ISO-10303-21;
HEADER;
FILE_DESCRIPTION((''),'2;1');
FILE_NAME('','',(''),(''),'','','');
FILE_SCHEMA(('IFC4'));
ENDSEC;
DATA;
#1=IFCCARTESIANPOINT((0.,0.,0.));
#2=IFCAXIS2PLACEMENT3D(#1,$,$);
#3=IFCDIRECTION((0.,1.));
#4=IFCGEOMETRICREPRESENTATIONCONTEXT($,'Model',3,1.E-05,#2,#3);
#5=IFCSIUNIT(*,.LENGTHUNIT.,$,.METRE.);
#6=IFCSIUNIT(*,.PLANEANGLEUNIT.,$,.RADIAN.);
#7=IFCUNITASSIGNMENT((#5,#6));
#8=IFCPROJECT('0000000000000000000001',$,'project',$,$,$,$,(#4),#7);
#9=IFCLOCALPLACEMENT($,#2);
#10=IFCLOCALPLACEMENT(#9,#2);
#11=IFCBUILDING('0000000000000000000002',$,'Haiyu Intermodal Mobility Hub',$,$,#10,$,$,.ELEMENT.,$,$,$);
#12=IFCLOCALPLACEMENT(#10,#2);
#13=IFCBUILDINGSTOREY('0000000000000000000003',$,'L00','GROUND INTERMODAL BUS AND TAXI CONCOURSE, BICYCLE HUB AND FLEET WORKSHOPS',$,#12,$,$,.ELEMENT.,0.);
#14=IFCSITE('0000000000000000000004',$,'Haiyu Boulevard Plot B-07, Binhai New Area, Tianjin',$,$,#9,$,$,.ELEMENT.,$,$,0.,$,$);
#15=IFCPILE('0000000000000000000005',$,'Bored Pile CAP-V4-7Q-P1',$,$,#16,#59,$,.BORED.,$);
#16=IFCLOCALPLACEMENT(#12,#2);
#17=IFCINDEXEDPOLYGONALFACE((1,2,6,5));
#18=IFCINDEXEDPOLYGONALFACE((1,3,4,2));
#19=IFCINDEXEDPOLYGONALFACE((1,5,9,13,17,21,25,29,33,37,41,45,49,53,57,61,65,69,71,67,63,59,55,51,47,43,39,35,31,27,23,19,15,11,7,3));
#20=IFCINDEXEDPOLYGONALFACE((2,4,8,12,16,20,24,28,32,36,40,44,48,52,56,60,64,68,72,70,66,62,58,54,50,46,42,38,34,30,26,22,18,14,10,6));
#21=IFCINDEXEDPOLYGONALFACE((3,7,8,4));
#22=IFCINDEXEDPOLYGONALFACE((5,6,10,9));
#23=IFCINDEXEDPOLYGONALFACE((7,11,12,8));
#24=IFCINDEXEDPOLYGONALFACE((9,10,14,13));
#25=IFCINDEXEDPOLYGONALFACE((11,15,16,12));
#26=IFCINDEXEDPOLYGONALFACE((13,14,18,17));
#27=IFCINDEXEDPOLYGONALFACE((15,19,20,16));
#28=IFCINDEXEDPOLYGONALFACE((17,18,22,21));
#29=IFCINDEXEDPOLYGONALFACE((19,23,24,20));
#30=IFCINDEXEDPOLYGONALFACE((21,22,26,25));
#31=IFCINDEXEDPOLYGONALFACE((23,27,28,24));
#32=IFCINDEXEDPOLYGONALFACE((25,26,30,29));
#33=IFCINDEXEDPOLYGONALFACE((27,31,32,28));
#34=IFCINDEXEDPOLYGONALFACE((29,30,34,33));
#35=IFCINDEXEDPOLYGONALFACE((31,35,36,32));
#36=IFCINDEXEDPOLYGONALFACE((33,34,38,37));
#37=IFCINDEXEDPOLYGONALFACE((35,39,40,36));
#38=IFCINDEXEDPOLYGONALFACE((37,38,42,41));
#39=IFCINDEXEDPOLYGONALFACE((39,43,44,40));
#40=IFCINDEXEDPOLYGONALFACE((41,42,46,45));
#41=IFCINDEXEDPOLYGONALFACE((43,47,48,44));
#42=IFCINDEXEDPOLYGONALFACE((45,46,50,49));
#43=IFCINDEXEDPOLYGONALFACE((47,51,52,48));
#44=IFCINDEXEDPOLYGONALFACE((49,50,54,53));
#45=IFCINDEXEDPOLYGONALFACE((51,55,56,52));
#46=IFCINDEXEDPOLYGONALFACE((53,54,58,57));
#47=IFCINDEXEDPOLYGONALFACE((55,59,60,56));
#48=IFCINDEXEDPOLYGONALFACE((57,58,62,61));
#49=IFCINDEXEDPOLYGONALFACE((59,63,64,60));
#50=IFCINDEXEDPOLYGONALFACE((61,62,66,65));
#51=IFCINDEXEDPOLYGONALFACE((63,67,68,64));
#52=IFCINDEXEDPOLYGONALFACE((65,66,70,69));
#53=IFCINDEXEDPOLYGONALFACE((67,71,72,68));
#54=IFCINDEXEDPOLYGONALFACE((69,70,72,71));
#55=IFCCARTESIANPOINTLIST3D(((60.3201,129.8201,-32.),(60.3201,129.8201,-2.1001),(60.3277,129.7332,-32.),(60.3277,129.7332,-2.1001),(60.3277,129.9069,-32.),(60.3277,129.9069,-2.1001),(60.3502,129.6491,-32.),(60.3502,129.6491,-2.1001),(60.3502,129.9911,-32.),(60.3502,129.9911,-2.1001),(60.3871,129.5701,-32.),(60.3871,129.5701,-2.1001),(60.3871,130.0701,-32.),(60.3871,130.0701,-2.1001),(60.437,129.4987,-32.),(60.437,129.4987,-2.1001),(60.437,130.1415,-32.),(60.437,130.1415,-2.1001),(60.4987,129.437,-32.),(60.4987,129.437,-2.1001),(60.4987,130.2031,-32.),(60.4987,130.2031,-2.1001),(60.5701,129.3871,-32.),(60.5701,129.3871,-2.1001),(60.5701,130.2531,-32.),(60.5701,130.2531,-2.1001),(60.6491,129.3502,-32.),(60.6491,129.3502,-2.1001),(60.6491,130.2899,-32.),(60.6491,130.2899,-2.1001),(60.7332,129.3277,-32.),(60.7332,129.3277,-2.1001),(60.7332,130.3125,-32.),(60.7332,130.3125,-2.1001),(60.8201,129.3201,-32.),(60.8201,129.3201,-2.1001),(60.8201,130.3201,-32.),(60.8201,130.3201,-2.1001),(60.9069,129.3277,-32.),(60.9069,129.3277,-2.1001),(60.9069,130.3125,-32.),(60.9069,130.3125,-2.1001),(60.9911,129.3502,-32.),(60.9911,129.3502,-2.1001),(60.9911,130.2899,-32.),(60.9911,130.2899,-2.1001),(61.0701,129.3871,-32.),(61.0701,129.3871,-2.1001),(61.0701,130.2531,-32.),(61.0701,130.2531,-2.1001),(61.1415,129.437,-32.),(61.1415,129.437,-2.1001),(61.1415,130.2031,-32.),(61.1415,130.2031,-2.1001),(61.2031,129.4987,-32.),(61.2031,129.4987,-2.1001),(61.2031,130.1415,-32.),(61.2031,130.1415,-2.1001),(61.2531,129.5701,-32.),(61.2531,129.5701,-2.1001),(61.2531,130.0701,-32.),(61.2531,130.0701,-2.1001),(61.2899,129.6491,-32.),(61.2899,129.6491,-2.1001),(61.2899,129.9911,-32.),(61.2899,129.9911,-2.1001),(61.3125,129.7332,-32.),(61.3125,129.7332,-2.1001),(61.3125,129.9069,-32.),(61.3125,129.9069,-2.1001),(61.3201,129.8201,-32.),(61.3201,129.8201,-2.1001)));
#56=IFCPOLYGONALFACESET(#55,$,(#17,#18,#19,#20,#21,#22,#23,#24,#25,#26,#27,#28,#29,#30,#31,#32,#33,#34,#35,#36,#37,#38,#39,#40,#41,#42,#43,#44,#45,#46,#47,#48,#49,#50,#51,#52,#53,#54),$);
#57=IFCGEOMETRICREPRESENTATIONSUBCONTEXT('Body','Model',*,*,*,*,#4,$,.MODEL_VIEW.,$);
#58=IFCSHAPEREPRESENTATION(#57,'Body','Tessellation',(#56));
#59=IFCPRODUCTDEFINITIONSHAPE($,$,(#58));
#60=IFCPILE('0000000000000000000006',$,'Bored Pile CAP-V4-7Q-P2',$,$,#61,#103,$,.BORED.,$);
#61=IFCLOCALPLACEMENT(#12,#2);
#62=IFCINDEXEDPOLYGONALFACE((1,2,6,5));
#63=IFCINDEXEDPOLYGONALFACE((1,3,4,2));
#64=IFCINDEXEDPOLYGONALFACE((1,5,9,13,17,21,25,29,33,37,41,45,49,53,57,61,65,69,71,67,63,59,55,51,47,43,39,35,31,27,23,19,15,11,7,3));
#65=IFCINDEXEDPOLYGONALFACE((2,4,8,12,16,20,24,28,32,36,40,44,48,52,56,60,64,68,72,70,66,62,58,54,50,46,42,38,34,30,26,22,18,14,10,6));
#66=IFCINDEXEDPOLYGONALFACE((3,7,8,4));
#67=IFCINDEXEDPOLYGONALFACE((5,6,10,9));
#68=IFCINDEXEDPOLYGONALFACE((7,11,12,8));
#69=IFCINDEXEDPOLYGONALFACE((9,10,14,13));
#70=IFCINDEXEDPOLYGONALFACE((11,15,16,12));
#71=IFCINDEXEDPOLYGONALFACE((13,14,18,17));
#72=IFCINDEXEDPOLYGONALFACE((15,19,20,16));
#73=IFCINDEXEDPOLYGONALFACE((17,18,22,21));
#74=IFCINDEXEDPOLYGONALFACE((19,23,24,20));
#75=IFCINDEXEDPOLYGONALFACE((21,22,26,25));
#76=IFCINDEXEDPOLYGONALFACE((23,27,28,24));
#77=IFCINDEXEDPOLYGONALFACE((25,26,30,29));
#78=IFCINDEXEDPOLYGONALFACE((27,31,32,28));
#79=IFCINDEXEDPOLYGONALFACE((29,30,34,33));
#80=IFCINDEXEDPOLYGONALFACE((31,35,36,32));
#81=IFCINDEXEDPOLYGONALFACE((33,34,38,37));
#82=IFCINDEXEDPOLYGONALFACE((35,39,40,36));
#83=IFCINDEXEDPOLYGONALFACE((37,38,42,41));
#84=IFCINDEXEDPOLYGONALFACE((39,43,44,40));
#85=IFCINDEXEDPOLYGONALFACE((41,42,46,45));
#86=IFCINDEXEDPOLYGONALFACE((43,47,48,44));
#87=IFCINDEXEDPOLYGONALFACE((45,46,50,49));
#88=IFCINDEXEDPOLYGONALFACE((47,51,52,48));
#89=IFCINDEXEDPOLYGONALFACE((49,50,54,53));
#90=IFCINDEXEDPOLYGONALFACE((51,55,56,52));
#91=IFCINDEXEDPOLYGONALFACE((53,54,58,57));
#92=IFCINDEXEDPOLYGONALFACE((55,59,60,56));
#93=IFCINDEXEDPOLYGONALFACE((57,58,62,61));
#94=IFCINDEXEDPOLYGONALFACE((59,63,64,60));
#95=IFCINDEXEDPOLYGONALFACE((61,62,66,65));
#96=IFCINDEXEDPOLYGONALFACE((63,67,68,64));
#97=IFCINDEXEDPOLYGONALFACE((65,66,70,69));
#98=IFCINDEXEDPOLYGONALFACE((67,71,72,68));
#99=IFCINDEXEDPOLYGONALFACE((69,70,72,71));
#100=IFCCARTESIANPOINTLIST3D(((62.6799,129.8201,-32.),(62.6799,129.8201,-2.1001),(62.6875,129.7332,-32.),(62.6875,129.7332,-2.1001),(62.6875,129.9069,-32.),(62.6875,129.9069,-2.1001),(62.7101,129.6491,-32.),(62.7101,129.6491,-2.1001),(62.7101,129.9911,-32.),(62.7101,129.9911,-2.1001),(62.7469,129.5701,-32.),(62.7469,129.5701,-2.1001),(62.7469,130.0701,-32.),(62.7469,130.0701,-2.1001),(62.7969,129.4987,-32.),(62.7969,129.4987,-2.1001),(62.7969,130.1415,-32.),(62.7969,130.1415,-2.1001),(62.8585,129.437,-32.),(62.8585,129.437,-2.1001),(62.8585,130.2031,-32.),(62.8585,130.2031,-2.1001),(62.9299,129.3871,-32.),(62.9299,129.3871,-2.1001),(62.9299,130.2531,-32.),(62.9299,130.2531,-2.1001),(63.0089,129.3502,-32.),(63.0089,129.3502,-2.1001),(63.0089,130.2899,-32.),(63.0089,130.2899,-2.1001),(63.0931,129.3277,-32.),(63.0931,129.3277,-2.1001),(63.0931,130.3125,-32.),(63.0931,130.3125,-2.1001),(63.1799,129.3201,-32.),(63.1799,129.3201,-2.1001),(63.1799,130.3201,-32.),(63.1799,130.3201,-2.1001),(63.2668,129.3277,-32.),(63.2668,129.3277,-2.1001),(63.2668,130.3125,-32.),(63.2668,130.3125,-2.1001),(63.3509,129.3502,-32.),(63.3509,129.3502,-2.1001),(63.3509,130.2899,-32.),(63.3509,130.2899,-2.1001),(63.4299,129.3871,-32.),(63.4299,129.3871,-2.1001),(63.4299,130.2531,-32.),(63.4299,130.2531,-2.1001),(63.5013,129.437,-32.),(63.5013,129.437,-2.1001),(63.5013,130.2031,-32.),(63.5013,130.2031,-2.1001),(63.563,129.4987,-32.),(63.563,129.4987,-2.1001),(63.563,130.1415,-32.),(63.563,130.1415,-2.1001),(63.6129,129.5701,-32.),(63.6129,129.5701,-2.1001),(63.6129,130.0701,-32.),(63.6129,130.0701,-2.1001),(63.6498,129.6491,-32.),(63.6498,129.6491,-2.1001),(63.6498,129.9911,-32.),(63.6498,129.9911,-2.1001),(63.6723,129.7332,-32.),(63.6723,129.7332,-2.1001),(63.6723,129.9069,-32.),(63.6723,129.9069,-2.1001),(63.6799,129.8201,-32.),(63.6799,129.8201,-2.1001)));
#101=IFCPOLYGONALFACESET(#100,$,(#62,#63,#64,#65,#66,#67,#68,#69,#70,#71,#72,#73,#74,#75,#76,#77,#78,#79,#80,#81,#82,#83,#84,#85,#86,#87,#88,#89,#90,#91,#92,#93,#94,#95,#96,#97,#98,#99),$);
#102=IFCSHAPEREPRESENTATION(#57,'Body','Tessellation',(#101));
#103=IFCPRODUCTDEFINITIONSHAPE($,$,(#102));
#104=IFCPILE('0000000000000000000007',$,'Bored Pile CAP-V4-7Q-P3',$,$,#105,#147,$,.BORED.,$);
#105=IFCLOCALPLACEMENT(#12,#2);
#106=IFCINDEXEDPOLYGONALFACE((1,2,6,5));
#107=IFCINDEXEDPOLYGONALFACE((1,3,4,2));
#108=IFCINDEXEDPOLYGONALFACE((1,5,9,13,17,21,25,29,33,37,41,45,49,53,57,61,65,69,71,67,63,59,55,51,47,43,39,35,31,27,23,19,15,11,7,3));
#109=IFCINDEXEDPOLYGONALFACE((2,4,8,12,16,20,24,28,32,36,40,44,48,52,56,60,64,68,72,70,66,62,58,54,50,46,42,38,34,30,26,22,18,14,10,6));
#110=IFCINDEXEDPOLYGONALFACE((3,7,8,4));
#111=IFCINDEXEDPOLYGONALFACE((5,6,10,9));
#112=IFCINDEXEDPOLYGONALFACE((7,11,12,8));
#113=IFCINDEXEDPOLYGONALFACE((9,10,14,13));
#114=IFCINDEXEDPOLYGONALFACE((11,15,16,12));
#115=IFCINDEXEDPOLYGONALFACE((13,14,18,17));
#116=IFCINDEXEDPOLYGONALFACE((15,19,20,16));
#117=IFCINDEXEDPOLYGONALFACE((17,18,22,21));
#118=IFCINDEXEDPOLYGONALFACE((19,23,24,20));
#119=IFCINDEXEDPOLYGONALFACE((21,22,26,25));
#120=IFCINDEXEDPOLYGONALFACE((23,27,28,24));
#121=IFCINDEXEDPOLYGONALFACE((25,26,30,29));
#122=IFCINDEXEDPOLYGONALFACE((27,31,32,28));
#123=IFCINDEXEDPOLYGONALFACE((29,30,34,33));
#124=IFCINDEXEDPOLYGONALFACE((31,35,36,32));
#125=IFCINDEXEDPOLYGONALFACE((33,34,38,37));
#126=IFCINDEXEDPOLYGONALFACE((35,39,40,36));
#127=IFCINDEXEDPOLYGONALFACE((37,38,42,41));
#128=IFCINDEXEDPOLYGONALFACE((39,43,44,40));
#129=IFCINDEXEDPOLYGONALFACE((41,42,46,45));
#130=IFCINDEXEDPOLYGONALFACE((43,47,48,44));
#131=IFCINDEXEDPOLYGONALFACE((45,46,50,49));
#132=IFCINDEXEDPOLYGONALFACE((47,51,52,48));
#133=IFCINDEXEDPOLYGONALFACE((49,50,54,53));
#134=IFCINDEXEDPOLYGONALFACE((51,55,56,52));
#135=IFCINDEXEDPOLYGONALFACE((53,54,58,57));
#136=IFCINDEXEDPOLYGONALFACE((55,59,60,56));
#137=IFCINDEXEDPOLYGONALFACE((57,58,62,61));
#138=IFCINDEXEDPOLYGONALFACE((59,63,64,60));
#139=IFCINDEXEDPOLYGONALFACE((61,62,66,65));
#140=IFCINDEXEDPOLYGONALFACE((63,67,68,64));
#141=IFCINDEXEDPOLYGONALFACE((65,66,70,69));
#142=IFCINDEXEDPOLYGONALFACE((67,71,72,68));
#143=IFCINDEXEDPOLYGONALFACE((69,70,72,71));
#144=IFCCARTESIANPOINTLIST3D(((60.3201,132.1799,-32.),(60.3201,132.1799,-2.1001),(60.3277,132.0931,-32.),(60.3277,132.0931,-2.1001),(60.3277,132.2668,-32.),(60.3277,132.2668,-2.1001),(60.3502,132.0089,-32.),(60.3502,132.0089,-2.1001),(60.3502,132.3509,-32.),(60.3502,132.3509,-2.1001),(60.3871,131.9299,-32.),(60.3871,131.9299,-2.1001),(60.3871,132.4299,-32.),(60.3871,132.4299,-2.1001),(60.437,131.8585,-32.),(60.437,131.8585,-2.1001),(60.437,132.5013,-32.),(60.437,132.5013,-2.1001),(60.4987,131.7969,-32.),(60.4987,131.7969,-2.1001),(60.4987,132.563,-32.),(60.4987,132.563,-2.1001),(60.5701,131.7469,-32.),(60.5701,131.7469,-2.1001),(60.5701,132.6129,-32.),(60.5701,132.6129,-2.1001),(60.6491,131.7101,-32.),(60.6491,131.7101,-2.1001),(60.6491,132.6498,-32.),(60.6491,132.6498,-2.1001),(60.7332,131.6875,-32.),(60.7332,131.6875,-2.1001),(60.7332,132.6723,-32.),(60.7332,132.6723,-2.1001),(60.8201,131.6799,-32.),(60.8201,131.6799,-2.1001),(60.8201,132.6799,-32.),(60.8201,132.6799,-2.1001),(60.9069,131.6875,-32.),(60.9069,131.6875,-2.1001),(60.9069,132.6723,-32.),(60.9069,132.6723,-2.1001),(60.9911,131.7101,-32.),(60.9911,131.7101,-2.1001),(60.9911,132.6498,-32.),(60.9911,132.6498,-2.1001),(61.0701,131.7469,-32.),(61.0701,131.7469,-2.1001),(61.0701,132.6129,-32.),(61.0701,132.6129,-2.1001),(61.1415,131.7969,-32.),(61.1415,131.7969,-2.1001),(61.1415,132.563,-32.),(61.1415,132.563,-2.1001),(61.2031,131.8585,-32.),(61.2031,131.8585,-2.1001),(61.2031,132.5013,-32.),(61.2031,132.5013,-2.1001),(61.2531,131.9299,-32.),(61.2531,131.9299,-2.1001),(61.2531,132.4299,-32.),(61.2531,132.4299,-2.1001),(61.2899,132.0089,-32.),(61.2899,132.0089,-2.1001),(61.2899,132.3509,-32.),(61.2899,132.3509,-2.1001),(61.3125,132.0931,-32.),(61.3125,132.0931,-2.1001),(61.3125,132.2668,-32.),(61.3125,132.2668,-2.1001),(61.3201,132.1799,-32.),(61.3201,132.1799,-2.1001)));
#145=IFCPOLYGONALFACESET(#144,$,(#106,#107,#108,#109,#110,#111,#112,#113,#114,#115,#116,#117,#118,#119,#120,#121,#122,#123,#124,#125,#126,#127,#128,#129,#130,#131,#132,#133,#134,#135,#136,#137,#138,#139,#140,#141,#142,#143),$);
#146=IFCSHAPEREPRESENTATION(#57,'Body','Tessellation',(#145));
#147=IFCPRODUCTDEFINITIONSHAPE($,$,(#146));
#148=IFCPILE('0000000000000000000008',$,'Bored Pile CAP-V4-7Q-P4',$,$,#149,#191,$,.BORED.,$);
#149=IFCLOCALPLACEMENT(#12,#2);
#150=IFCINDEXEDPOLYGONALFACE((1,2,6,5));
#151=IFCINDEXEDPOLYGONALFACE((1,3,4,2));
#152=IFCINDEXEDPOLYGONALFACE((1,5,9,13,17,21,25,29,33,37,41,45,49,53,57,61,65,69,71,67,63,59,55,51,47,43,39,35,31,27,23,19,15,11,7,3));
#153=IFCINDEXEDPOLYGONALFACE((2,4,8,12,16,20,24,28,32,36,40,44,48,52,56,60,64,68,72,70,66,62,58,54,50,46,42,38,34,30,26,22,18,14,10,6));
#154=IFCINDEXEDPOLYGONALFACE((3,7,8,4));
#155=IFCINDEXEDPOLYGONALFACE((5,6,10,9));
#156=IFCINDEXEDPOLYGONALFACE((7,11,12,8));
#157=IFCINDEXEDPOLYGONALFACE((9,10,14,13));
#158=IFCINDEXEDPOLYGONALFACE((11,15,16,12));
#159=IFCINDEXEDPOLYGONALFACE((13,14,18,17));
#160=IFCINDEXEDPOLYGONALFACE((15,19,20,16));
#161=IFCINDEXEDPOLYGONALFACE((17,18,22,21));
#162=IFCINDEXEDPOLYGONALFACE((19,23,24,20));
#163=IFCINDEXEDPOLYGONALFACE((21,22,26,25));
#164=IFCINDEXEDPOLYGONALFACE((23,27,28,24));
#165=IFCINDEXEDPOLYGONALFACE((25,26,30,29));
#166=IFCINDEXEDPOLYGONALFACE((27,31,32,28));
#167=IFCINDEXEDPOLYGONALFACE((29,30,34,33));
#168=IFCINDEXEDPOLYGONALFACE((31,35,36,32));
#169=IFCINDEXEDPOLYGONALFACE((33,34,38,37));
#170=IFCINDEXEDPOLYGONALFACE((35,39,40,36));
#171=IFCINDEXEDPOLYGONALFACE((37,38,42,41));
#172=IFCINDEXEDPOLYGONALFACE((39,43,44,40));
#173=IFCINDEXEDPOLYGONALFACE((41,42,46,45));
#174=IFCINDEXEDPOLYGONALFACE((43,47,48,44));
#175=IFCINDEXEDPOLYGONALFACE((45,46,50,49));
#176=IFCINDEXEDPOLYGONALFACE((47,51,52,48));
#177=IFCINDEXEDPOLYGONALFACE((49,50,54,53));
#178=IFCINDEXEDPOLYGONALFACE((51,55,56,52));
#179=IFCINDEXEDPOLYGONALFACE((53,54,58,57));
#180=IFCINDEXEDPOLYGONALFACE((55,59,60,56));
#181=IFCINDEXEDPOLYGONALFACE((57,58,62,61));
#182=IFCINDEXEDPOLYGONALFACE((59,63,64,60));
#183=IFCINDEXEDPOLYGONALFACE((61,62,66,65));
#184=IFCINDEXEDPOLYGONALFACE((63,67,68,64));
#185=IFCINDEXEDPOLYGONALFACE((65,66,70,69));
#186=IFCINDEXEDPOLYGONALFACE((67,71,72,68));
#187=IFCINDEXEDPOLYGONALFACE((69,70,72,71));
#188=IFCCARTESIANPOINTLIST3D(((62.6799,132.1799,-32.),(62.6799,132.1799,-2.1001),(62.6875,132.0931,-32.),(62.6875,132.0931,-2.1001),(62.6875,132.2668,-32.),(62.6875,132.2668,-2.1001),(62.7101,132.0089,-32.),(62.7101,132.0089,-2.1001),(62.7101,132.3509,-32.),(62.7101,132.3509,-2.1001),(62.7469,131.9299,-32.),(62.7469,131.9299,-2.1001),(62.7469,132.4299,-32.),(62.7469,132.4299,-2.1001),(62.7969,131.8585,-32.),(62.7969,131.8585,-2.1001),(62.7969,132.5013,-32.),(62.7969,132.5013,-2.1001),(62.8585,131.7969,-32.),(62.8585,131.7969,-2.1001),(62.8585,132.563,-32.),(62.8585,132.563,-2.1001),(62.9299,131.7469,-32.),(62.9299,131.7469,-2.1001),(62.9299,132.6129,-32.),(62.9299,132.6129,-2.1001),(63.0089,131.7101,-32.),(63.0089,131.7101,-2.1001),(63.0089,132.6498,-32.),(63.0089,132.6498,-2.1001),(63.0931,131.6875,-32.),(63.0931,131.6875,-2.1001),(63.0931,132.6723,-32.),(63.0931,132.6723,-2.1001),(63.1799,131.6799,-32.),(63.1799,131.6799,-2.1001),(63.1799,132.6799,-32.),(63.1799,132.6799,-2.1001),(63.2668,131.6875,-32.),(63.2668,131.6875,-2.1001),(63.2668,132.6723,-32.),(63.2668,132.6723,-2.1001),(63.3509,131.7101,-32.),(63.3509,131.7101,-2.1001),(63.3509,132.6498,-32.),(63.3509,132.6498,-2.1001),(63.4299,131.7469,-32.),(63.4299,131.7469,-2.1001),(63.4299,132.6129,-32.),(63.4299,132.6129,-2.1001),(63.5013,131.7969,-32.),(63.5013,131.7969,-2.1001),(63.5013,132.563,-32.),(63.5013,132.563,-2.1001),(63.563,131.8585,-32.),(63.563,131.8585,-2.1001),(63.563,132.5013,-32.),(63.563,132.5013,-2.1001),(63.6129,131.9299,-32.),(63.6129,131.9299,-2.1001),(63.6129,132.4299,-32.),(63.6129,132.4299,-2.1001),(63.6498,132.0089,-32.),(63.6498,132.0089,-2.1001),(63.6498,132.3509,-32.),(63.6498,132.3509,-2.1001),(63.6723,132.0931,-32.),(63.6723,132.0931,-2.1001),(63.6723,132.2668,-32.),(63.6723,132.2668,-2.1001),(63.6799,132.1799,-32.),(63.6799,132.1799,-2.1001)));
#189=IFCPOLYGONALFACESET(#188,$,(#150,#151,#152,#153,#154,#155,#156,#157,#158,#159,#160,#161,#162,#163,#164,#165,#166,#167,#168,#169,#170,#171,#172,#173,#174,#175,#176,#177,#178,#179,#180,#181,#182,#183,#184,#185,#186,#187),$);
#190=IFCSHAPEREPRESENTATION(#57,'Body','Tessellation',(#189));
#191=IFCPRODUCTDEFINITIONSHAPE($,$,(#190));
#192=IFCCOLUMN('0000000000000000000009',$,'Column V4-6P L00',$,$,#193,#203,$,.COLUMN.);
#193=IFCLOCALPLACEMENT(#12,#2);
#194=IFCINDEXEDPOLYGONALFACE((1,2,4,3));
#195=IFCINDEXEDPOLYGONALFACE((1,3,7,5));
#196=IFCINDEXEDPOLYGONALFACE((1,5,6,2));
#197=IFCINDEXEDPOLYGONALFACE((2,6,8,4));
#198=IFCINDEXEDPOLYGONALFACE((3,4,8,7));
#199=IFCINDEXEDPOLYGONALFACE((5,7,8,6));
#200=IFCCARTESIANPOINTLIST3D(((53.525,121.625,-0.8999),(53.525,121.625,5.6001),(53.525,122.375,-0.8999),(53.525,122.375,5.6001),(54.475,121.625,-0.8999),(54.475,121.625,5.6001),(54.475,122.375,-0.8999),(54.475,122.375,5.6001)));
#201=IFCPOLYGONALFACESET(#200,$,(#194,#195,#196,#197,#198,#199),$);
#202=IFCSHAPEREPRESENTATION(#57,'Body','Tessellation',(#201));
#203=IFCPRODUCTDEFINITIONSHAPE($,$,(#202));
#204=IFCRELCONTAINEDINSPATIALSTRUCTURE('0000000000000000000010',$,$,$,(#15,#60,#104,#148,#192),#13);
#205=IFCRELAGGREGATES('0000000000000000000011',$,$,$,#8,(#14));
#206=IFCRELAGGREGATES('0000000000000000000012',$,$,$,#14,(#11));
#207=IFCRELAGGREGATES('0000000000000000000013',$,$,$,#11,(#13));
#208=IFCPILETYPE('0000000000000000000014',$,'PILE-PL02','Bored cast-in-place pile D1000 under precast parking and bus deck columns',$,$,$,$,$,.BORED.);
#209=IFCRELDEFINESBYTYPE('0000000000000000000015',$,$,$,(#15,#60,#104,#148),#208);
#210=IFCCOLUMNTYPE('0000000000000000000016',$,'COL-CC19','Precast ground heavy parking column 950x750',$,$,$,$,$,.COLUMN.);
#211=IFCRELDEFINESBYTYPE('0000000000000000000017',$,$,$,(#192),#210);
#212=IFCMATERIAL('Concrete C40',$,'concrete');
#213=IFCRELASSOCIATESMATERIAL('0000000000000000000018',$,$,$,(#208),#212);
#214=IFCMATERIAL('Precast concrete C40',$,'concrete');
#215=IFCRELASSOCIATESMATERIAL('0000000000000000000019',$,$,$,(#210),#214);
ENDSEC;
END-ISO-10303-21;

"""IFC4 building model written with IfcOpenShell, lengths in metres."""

from ifc_helpers import new_model, si_unit, direction, frame, origin, origin_2d, place, context, subcontext, project, spatial, rectangle, circle, extrude, material, material_profile, profile_set, type_object, element, save


model = new_model("IFC4")

# Units and contexts
model_context = context("Model", 3, precision=1e-05, world=origin(), true_north=direction((0.0, 1.0)))
body_context = subcontext(model_context, "Body", "Model", "MODEL_VIEW")
ifc_project = project(units=[si_unit("LENGTHUNIT", "METRE"), si_unit("PLANEANGLEUNIT", "RADIAN")], contexts=[model_context])

# Site, building, storey
site_placement = place(None, origin())
site = spatial("IfcSite", under=ifc_project, at=site_placement, Name="Haiyu Boulevard Plot B-07, Binhai New Area, Tianjin", CompositionType="ELEMENT", RefElevation=0.0)
building_placement = place(site_placement, origin())
building = spatial("IfcBuilding", under=site, at=building_placement, Name="Haiyu Intermodal Mobility Hub", CompositionType="ELEMENT")
storey_placement = place(building_placement, origin())
storey = spatial("IfcBuildingStorey", under=building, at=storey_placement, Name="L00", Description="GROUND INTERMODAL BUS AND TAXI CONCOURSE, BICYCLE HUB AND FLEET WORKSHOPS", CompositionType="ELEMENT", Elevation=0.0)

# Shared definitions
ifc_material_1 = material(Name="Concrete C40", Category="concrete")

# Piles
ifc_material_profile_1 = material_profile(ifc_material_1, circle(Radius=0.5, at=origin_2d()), Name="PILE-D1000")
ifc_profile_set_1 = profile_set([ifc_material_profile_1], Name="Concrete C40")
pile_type = type_object("IfcPileType", Name="PILE-PL02", Description="Bored cast-in-place pile D1000 under precast parking and bus deck columns", PredefinedType="BORED", material=ifc_profile_set_1)
for number, where, z_axis, x_axis, name in (
    (1, (60.8201, 129.8201, -2.1001), (0.0, 0.0, -1.0), (1.0, 0.0, 0.0), "Bored Pile CAP-V4-7Q-P1"),
    (2, (63.1799, 129.8201, -2.1001), (0.0, 0.0, -1.0), (1.0, 0.0, 0.0), "Bored Pile CAP-V4-7Q-P2"),
    (3, (60.8201, 132.1799, -2.1001), (0.0, 0.0, -1.0), (1.0, 0.0, 0.0), "Bored Pile CAP-V4-7Q-P3"),
    (4, (63.1799, 132.1799, -2.1001), (0.0, 0.0, -1.0), (1.0, 0.0, 0.0), "Bored Pile CAP-V4-7Q-P4"),
):
    element("IfcPile", number, at=place(storey_placement, frame(where, z_axis=z_axis, x_axis=x_axis)), inside=storey, type_object=pile_type, Name=name, PredefinedType="BORED", context=body_context, shape_type="SweptSolid", body=[
        extrude(circle(Radius=0.5, at=origin_2d()), origin(), (0.0, 0.0, 1.0), 29.8999),
    ])

# Column
ifc_material_2 = material(Name="Precast concrete C40", Category="concrete")
ifc_material_profile_2 = material_profile(ifc_material_2, rectangle(XDim=0.95, YDim=0.75, at=origin_2d()), Name="C950x750")
ifc_profile_set_2 = profile_set([ifc_material_profile_2], Name="Precast concrete C40")
column_type = type_object("IfcColumnType", Name="COL-CC19", Description="Precast ground heavy parking column 950x750", PredefinedType="COLUMN", material=ifc_profile_set_2)
for number, where, z_axis, x_axis, name in (
    (5, (54.0, 122.0, -0.8999), (0.0, 0.0, 1.0), (1.0, 0.0, 0.0), "Column V4-6P L00"),
):
    element("IfcColumn", number, at=place(storey_placement, frame(where, z_axis=z_axis, x_axis=x_axis)), inside=storey, type_object=column_type, Name=name, PredefinedType="COLUMN", context=body_context, shape_type="SweptSolid", body=[
        extrude(rectangle(XDim=0.95, YDim=0.75, at=origin_2d()), origin(), (0.0, 0.0, 1.0), 6.5),
    ])

save(model, "model.ifc")
